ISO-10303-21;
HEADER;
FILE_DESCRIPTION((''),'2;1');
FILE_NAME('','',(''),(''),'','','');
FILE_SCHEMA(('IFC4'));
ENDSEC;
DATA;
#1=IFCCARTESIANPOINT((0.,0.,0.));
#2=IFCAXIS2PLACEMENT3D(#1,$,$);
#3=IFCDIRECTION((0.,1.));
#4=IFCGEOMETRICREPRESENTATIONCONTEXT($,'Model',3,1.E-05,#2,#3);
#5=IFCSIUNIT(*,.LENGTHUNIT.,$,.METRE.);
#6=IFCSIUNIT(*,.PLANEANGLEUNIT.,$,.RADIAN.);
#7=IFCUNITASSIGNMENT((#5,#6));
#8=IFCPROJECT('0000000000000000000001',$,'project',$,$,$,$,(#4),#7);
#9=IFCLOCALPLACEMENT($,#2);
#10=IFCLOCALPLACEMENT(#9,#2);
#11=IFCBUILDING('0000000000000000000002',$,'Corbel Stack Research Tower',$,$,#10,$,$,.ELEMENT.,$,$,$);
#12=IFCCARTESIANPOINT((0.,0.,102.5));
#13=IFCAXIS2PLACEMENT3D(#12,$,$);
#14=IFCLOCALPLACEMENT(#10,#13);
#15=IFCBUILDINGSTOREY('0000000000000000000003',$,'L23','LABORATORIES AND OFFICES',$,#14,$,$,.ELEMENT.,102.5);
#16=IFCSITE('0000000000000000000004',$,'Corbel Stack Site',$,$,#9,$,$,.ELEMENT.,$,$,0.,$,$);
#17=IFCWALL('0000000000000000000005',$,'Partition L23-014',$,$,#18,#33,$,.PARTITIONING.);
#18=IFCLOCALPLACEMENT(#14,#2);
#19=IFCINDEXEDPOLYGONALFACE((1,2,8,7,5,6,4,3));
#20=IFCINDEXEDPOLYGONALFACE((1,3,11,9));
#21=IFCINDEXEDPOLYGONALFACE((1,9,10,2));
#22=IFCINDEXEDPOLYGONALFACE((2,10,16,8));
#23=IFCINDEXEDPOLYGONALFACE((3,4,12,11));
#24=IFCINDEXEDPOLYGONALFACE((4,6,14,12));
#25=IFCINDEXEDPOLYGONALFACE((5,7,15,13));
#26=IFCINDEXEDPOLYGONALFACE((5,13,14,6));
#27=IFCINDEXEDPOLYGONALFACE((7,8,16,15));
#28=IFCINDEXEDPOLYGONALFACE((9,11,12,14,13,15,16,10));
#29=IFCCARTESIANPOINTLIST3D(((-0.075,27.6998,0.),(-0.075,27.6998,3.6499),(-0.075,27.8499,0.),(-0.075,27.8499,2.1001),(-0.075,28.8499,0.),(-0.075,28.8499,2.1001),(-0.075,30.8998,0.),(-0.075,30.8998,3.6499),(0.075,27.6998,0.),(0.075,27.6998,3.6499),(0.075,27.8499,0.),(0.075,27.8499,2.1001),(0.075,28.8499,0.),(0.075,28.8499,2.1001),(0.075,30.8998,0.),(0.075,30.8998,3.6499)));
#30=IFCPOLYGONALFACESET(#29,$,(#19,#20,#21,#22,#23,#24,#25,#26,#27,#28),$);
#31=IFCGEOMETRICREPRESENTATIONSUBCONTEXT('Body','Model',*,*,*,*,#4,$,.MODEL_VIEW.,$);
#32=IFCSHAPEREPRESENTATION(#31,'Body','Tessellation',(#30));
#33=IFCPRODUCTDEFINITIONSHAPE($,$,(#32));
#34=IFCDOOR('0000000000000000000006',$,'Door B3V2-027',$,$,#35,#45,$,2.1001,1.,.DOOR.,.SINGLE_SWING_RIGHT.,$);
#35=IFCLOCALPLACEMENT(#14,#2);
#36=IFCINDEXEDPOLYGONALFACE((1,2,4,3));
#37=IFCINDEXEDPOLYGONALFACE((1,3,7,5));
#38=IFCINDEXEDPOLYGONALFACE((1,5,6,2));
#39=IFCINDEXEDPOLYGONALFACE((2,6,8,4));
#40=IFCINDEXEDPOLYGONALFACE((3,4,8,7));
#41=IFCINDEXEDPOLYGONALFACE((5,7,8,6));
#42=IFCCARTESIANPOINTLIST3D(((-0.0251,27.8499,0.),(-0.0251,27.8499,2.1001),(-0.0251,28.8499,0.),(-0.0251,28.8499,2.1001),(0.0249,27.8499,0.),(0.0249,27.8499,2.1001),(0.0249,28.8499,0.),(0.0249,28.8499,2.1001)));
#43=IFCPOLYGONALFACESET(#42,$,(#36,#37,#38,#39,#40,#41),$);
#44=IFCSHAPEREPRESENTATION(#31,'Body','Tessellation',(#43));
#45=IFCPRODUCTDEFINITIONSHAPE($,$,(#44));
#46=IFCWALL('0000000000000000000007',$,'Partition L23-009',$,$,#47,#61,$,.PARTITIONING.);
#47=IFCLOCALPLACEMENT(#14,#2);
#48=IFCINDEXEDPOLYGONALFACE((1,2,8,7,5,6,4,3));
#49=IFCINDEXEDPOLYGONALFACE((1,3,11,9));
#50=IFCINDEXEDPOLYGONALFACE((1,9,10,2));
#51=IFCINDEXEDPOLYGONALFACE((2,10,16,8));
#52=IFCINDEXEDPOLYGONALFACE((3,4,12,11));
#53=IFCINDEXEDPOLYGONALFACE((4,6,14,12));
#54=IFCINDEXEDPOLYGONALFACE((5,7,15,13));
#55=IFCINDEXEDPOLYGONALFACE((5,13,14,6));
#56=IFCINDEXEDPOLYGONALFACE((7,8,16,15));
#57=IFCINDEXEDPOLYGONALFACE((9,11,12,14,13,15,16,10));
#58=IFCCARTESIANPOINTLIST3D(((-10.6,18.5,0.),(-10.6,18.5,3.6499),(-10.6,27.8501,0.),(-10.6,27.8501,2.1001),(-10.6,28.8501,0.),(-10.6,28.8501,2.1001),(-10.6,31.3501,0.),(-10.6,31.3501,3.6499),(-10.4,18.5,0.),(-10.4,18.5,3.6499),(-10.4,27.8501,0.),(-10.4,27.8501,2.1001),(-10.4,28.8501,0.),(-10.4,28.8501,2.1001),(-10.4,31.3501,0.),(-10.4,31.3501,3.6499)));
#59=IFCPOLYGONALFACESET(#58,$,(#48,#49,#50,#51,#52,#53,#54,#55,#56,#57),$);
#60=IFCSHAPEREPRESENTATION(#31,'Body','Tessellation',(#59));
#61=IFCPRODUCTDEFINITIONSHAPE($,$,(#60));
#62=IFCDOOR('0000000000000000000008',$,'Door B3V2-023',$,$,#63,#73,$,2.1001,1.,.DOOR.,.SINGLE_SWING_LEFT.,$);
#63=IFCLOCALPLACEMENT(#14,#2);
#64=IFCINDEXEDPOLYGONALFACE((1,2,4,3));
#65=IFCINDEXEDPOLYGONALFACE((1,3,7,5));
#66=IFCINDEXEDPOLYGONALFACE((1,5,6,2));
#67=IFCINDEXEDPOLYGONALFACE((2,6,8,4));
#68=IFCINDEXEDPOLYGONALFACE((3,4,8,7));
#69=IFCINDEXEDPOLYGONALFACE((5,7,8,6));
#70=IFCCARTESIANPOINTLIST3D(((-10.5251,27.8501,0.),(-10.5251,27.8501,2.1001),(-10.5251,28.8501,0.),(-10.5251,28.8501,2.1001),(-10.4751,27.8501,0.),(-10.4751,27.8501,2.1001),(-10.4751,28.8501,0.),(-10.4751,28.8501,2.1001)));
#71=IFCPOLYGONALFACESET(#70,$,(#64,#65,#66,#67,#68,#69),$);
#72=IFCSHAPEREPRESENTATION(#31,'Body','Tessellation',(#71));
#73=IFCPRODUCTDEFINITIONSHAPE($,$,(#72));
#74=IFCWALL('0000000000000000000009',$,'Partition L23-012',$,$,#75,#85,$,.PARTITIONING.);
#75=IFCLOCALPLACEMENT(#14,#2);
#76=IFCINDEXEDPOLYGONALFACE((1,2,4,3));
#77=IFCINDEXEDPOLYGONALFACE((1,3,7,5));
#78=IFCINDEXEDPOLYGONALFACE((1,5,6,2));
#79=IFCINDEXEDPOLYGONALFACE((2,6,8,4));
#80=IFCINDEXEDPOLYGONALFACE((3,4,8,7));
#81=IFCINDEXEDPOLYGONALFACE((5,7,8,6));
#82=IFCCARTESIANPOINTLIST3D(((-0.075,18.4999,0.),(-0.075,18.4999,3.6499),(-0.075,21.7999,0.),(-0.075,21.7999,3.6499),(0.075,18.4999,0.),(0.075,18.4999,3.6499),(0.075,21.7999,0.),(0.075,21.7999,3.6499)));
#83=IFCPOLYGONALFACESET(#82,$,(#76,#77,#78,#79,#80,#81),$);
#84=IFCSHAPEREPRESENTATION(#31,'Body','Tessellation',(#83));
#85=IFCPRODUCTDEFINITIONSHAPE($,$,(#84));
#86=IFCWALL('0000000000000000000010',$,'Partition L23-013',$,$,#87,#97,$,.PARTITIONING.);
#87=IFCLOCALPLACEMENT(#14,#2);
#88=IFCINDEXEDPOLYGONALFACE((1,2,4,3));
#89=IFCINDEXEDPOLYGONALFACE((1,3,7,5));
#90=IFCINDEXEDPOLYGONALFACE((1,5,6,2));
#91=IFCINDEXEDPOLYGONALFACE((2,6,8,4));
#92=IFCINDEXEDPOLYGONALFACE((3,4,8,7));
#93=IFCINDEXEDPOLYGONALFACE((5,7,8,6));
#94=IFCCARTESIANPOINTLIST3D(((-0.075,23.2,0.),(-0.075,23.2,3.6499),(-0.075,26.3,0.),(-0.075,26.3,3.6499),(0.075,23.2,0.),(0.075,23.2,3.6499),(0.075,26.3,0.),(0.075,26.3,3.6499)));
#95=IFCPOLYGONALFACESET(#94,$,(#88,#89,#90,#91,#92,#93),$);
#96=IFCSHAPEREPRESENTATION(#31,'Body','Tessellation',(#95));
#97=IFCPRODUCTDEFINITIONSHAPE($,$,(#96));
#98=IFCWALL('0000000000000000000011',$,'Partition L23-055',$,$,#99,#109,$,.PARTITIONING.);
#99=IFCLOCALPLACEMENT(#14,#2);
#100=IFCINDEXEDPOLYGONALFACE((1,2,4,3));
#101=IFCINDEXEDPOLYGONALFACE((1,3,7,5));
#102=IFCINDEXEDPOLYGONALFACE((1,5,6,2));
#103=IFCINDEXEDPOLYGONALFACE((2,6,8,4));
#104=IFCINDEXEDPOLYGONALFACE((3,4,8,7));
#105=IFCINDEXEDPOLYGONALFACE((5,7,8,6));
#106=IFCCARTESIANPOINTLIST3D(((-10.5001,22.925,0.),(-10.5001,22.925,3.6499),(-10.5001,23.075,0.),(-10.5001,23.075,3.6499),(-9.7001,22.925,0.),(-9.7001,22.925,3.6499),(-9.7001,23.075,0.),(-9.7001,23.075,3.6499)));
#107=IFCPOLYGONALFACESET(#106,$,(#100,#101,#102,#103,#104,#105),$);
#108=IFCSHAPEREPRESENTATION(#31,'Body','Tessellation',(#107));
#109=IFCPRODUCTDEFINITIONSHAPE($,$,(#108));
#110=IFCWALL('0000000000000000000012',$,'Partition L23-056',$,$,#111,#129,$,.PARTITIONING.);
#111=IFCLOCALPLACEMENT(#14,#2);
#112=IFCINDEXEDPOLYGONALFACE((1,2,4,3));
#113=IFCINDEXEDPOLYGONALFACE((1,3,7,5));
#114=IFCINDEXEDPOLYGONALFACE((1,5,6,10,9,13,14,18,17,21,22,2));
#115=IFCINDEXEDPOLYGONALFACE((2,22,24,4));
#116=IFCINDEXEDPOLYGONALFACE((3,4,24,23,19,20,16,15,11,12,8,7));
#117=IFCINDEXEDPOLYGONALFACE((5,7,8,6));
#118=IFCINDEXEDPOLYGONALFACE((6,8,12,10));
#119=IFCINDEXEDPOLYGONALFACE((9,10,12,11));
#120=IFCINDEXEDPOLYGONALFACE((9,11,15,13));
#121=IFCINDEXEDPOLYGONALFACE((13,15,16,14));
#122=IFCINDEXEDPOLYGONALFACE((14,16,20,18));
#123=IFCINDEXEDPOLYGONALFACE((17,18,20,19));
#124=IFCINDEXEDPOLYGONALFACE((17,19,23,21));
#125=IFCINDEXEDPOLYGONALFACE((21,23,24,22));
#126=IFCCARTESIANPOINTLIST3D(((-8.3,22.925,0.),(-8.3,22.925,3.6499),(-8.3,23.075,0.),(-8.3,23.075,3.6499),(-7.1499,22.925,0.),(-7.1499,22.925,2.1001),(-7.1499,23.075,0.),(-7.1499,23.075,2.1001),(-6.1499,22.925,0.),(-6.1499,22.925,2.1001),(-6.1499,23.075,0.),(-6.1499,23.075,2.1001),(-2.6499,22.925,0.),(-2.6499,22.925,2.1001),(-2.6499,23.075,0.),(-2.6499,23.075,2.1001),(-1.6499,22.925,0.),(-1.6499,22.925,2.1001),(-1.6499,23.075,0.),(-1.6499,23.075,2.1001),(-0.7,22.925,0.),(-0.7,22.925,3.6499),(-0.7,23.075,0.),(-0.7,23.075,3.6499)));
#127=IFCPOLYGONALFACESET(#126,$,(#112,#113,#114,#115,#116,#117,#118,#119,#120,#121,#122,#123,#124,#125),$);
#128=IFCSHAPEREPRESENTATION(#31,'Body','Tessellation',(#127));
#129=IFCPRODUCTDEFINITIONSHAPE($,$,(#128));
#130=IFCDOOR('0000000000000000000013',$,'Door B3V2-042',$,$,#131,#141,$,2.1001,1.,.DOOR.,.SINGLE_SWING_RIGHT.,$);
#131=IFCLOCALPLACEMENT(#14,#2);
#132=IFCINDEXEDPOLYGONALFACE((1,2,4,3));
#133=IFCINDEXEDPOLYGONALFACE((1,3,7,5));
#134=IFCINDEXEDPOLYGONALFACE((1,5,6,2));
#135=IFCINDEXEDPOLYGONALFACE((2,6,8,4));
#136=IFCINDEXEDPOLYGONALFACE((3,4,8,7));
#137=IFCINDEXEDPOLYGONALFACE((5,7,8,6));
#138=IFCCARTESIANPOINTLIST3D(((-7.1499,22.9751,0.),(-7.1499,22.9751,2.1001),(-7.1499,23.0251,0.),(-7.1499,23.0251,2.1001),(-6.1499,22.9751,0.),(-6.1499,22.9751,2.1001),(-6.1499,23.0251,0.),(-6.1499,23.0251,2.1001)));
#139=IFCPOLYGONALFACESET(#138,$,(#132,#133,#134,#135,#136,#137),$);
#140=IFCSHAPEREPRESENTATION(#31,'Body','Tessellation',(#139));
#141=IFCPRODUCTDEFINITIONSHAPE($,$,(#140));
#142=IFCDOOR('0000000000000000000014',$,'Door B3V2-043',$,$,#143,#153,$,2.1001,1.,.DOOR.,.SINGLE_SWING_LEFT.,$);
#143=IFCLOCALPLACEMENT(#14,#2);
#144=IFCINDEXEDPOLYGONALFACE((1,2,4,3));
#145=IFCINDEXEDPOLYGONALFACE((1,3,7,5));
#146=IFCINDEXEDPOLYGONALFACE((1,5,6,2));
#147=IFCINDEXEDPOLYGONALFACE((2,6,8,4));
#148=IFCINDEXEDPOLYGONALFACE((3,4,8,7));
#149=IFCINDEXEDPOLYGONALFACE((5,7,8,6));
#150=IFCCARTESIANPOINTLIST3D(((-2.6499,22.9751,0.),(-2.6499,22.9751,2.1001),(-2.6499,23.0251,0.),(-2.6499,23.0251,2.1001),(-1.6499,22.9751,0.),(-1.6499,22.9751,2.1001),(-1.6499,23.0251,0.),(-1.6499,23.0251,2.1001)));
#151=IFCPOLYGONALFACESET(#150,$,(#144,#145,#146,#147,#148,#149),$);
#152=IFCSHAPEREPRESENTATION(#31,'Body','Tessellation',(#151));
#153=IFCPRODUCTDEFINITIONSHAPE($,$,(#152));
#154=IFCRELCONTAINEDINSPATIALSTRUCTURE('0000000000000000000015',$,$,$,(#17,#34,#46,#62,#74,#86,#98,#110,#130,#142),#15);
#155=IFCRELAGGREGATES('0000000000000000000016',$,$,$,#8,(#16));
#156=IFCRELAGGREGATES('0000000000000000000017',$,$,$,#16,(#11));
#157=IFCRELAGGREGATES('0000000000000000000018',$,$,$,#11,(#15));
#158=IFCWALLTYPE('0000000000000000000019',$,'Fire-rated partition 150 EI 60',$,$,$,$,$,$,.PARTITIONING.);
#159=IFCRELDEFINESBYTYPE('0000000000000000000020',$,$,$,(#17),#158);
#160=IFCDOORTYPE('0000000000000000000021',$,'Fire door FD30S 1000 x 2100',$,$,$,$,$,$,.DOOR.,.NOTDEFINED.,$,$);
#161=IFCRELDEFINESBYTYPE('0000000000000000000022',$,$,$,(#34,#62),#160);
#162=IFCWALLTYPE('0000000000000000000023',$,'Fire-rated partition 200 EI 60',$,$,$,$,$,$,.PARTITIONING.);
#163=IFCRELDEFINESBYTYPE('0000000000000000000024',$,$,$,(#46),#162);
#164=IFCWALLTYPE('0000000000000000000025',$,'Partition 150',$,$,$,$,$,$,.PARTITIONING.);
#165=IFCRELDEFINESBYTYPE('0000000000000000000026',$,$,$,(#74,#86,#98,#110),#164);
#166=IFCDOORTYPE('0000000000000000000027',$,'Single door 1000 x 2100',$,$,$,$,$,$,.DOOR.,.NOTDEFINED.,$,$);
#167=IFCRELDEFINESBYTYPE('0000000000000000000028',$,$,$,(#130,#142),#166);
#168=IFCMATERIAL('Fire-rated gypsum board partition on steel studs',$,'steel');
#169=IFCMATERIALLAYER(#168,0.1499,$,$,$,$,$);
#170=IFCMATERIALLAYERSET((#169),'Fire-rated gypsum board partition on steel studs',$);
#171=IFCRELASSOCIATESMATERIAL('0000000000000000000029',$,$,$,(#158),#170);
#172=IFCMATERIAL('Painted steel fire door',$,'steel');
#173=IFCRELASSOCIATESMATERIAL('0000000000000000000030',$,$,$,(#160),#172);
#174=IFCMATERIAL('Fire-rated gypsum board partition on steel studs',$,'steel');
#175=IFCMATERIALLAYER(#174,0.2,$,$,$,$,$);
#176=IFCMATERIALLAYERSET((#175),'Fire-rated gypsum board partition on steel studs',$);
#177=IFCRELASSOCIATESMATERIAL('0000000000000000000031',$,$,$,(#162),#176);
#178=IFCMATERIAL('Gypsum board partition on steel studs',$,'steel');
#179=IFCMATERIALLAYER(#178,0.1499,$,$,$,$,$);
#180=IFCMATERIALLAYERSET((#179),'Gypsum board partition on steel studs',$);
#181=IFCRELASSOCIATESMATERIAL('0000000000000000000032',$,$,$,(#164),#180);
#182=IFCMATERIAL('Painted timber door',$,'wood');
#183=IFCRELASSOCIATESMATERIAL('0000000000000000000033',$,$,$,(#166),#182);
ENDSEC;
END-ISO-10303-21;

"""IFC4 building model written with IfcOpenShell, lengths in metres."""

from ifc_helpers import new_model, si_unit, direction, frame, frame_2d, origin, place, context, subcontext, project, spatial, rectangle, extrude, material, layer, layer_set, type_object, element, fill, save


model = new_model("IFC4")

# Units and contexts
model_context = context("Model", 3, precision=1e-05, world=origin(), true_north=direction((0.0, 1.0)))
body_context = subcontext(model_context, "Body", "Model", "MODEL_VIEW")
ifc_project = project(units=[si_unit("LENGTHUNIT", "METRE"), si_unit("PLANEANGLEUNIT", "RADIAN")], contexts=[model_context])

# Site, building, storey
site_placement = place(None, origin())
site = spatial("IfcSite", under=ifc_project, at=site_placement, Name="Corbel Stack Site", CompositionType="ELEMENT", RefElevation=0.0)
building_placement = place(site_placement, origin())
building = spatial("IfcBuilding", under=site, at=building_placement, Name="Corbel Stack Research Tower", CompositionType="ELEMENT")
storey_placement = place(building_placement, frame((0.0, 0.0, 102.5)))
storey = spatial("IfcBuildingStorey", under=building, at=storey_placement, Name="L23", Description="LABORATORIES AND OFFICES", CompositionType="ELEMENT", Elevation=102.5)

# Walls, openings, doors
ifc_material_1 = material(Name="Fire-rated gypsum board partition on steel studs", Category="steel")
ifc_layer_1 = layer(ifc_material_1, 0.1499)
ifc_layer_set_1 = layer_set([ifc_layer_1], Name="Fire-rated gypsum board partition on steel studs")
wall_type_1 = type_object("IfcWallType", Name="Fire-rated partition 150 EI 60", PredefinedType="PARTITIONING", material=ifc_layer_set_1)
ifc_material_2 = material(Name="Painted steel fire door", Category="steel")
door_type_1 = type_object("IfcDoorType", Name="Fire door FD30S 1000 x 2100", OperationType="NOTDEFINED", PredefinedType="DOOR", material=ifc_material_2)
wall_1_placement = place(storey_placement, frame((0.0, 30.8999, 0.0), z_axis=(0.0, 0.0, 1.0), x_axis=(0.0, -1.0, 0.0)))
wall_1 = element("IfcWall", 1, at=wall_1_placement, inside=storey, type_object=wall_type_1, Name="Partition L23-014", PredefinedType="PARTITIONING", context=body_context, shape_type="SweptSolid", body=[
    extrude(rectangle(XDim=3.2, YDim=0.1499, at=frame_2d((1.6001, 0.0))), origin(), (0.0, 0.0, 1.0), 3.6499),
])
opening_1_placement = place(wall_1_placement, frame((2.05, 0.0, 0.0)))
opening_1 = element("IfcOpeningElement", 2, at=opening_1_placement, cuts=wall_1, PredefinedType="OPENING", context=body_context, shape_type="SweptSolid", body=[
    extrude(rectangle(XDim=1.0, YDim=2.1001, at=frame_2d((0.5, 1.05))), frame((0.0, 0.085, 0.0), z_axis=(0.0, -1.0, 0.0), x_axis=(1.0, 0.0, 0.0)), (0.0, 0.0, 1.0), 0.1699),
])
door_1_placement = place(opening_1_placement, origin())
door_1 = element("IfcDoor", 3, at=door_1_placement, inside=storey, type_object=door_type_1, Name="Door B3V2-027", OperationType="SINGLE_SWING_RIGHT", OverallHeight=2.1001, OverallWidth=1.0, PredefinedType="DOOR", context=body_context, shape_type="SweptSolid", body=[
    extrude(rectangle(XDim=1.0, YDim=2.1001, at=frame_2d((0.5, 1.05))), frame((0.0, 0.0249, 0.0), z_axis=(0.0, -1.0, 0.0), x_axis=(1.0, 0.0, 0.0)), (0.0, 0.0, 1.0), 0.05),
])
fill(opening_1, door_1)
ifc_material_3 = material(Name="Fire-rated gypsum board partition on steel studs", Category="steel")
ifc_layer_2 = layer(ifc_material_3, 0.2)
ifc_layer_set_2 = layer_set([ifc_layer_2], Name="Fire-rated gypsum board partition on steel studs")
wall_type_2 = type_object("IfcWallType", Name="Fire-rated partition 200 EI 60", PredefinedType="PARTITIONING", material=ifc_layer_set_2)
wall_2_placement = place(storey_placement, frame((-10.5, 31.3501, 0.0), z_axis=(0.0, 0.0, 1.0), x_axis=(0.0, -1.0, 0.0)))
wall_2 = element("IfcWall", 4, at=wall_2_placement, inside=storey, type_object=wall_type_2, Name="Partition L23-009", PredefinedType="PARTITIONING", context=body_context, shape_type="SweptSolid", body=[
    extrude(rectangle(XDim=12.8501, YDim=0.2, at=frame_2d((6.425, 0.0))), origin(), (0.0, 0.0, 1.0), 3.6499),
])
opening_2_placement = place(wall_2_placement, frame((2.5, 0.0, 0.0)))
opening_2 = element("IfcOpeningElement", 5, at=opening_2_placement, cuts=wall_2, PredefinedType="OPENING", context=body_context, shape_type="SweptSolid", body=[
    extrude(rectangle(XDim=1.0, YDim=2.1001, at=frame_2d((0.5, 1.05))), frame((0.0, 0.1099, 0.0), z_axis=(0.0, -1.0, 0.0), x_axis=(1.0, 0.0, 0.0)), (0.0, 0.0, 1.0), 0.22),
])
door_2_placement = place(opening_2_placement, origin())
door_2 = element("IfcDoor", 6, at=door_2_placement, inside=storey, type_object=door_type_1, Name="Door B3V2-023", OperationType="SINGLE_SWING_LEFT", OverallHeight=2.1001, OverallWidth=1.0, PredefinedType="DOOR", context=body_context, shape_type="SweptSolid", body=[
    extrude(rectangle(XDim=1.0, YDim=2.1001, at=frame_2d((0.5, 1.05))), frame((0.0, 0.0249, 0.0), z_axis=(0.0, -1.0, 0.0), x_axis=(1.0, 0.0, 0.0)), (0.0, 0.0, 1.0), 0.05),
])
fill(opening_2, door_2)

# Walls
ifc_material_4 = material(Name="Gypsum board partition on steel studs", Category="steel")
ifc_layer_3 = layer(ifc_material_4, 0.1499)
ifc_layer_set_3 = layer_set([ifc_layer_3], Name="Gypsum board partition on steel studs")
wall_type_3 = type_object("IfcWallType", Name="Partition 150", PredefinedType="PARTITIONING", material=ifc_layer_set_3)
wall_3_placement = place(storey_placement, frame((0.0, 18.5, 0.0), z_axis=(0.0, 0.0, 1.0), x_axis=(0.0, 1.0, 0.0)))
element("IfcWall", 7, at=wall_3_placement, inside=storey, type_object=wall_type_3, Name="Partition L23-012", PredefinedType="PARTITIONING", context=body_context, shape_type="SweptSolid", body=[
    extrude(rectangle(XDim=3.3, YDim=0.1499, at=frame_2d((1.6499, 0.0))), origin(), (0.0, 0.0, 1.0), 3.6499),
])
wall_4_placement = place(storey_placement, frame((0.0, 23.2, 0.0), z_axis=(0.0, 0.0, 1.0), x_axis=(0.0, 1.0, 0.0)))
element("IfcWall", 8, at=wall_4_placement, inside=storey, type_object=wall_type_3, Name="Partition L23-013", PredefinedType="PARTITIONING", context=body_context, shape_type="SweptSolid", body=[
    extrude(rectangle(XDim=3.1001, YDim=0.1499, at=frame_2d((1.55, 0.0))), origin(), (0.0, 0.0, 1.0), 3.6499),
])
wall_5_placement = place(storey_placement, frame((-10.5, 23.0, 0.0), z_axis=(0.0, 0.0, 1.0), x_axis=(1.0, 0.0, 0.0)))
element("IfcWall", 9, at=wall_5_placement, inside=storey, type_object=wall_type_3, Name="Partition L23-055", PredefinedType="PARTITIONING", context=body_context, shape_type="SweptSolid", body=[
    extrude(rectangle(XDim=0.8, YDim=0.1499, at=frame_2d((0.3999, 0.0))), origin(), (0.0, 0.0, 1.0), 3.6499),
])

# Wall, openings, doors
wall_6_placement = place(storey_placement, frame((-0.7, 23.0, 0.0), z_axis=(0.0, 0.0, 1.0), x_axis=(-1.0, 0.0, 0.0)))
wall_6 = element("IfcWall", 10, at=wall_6_placement, inside=storey, type_object=wall_type_3, Name="Partition L23-056", PredefinedType="PARTITIONING", context=body_context, shape_type="SweptSolid", body=[
    extrude(rectangle(XDim=7.6001, YDim=0.1499, at=frame_2d((3.8, 0.0))), origin(), (0.0, 0.0, 1.0), 3.6499),
])
opening_3_placement = place(wall_6_placement, frame((5.45, 0.0, 0.0)))
opening_3 = element("IfcOpeningElement", 11, at=opening_3_placement, cuts=wall_6, PredefinedType="OPENING", context=body_context, shape_type="SweptSolid", body=[
    extrude(rectangle(XDim=1.0, YDim=2.1001, at=frame_2d((0.5, 1.05))), frame((0.0, 0.085, 0.0), z_axis=(0.0, -1.0, 0.0), x_axis=(1.0, 0.0, 0.0)), (0.0, 0.0, 1.0), 0.1699),
])
opening_4_placement = place(wall_6_placement, frame((0.95, 0.0, 0.0)))
opening_4 = element("IfcOpeningElement", 12, at=opening_4_placement, cuts=wall_6, PredefinedType="OPENING", context=body_context, shape_type="SweptSolid", body=[
    extrude(rectangle(XDim=1.0, YDim=2.1001, at=frame_2d((0.5, 1.05))), frame((0.0, 0.085, 0.0), z_axis=(0.0, -1.0, 0.0), x_axis=(1.0, 0.0, 0.0)), (0.0, 0.0, 1.0), 0.1699),
])
ifc_material_5 = material(Name="Painted timber door", Category="wood")
door_type_2 = type_object("IfcDoorType", Name="Single door 1000 x 2100", OperationType="NOTDEFINED", PredefinedType="DOOR", material=ifc_material_5)
door_3_placement = place(opening_3_placement, origin())
door_3 = element("IfcDoor", 13, at=door_3_placement, inside=storey, type_object=door_type_2, Name="Door B3V2-042", OperationType="SINGLE_SWING_RIGHT", OverallHeight=2.1001, OverallWidth=1.0, PredefinedType="DOOR", context=body_context, shape_type="SweptSolid", body=[
    extrude(rectangle(XDim=1.0, YDim=2.1001, at=frame_2d((0.5, 1.05))), frame((0.0, 0.0249, 0.0), z_axis=(0.0, -1.0, 0.0), x_axis=(1.0, 0.0, 0.0)), (0.0, 0.0, 1.0), 0.05),
])
fill(opening_3, door_3)
door_4_placement = place(opening_4_placement, origin())
door_4 = element("IfcDoor", 14, at=door_4_placement, inside=storey, type_object=door_type_2, Name="Door B3V2-043", OperationType="SINGLE_SWING_LEFT", OverallHeight=2.1001, OverallWidth=1.0, PredefinedType="DOOR", context=body_context, shape_type="SweptSolid", body=[
    extrude(rectangle(XDim=1.0, YDim=2.1001, at=frame_2d((0.5, 1.05))), frame((0.0, 0.0249, 0.0), z_axis=(0.0, -1.0, 0.0), x_axis=(1.0, 0.0, 0.0)), (0.0, 0.0, 1.0), 0.05),
])
fill(opening_4, door_4)

save(model, "model.ifc")
